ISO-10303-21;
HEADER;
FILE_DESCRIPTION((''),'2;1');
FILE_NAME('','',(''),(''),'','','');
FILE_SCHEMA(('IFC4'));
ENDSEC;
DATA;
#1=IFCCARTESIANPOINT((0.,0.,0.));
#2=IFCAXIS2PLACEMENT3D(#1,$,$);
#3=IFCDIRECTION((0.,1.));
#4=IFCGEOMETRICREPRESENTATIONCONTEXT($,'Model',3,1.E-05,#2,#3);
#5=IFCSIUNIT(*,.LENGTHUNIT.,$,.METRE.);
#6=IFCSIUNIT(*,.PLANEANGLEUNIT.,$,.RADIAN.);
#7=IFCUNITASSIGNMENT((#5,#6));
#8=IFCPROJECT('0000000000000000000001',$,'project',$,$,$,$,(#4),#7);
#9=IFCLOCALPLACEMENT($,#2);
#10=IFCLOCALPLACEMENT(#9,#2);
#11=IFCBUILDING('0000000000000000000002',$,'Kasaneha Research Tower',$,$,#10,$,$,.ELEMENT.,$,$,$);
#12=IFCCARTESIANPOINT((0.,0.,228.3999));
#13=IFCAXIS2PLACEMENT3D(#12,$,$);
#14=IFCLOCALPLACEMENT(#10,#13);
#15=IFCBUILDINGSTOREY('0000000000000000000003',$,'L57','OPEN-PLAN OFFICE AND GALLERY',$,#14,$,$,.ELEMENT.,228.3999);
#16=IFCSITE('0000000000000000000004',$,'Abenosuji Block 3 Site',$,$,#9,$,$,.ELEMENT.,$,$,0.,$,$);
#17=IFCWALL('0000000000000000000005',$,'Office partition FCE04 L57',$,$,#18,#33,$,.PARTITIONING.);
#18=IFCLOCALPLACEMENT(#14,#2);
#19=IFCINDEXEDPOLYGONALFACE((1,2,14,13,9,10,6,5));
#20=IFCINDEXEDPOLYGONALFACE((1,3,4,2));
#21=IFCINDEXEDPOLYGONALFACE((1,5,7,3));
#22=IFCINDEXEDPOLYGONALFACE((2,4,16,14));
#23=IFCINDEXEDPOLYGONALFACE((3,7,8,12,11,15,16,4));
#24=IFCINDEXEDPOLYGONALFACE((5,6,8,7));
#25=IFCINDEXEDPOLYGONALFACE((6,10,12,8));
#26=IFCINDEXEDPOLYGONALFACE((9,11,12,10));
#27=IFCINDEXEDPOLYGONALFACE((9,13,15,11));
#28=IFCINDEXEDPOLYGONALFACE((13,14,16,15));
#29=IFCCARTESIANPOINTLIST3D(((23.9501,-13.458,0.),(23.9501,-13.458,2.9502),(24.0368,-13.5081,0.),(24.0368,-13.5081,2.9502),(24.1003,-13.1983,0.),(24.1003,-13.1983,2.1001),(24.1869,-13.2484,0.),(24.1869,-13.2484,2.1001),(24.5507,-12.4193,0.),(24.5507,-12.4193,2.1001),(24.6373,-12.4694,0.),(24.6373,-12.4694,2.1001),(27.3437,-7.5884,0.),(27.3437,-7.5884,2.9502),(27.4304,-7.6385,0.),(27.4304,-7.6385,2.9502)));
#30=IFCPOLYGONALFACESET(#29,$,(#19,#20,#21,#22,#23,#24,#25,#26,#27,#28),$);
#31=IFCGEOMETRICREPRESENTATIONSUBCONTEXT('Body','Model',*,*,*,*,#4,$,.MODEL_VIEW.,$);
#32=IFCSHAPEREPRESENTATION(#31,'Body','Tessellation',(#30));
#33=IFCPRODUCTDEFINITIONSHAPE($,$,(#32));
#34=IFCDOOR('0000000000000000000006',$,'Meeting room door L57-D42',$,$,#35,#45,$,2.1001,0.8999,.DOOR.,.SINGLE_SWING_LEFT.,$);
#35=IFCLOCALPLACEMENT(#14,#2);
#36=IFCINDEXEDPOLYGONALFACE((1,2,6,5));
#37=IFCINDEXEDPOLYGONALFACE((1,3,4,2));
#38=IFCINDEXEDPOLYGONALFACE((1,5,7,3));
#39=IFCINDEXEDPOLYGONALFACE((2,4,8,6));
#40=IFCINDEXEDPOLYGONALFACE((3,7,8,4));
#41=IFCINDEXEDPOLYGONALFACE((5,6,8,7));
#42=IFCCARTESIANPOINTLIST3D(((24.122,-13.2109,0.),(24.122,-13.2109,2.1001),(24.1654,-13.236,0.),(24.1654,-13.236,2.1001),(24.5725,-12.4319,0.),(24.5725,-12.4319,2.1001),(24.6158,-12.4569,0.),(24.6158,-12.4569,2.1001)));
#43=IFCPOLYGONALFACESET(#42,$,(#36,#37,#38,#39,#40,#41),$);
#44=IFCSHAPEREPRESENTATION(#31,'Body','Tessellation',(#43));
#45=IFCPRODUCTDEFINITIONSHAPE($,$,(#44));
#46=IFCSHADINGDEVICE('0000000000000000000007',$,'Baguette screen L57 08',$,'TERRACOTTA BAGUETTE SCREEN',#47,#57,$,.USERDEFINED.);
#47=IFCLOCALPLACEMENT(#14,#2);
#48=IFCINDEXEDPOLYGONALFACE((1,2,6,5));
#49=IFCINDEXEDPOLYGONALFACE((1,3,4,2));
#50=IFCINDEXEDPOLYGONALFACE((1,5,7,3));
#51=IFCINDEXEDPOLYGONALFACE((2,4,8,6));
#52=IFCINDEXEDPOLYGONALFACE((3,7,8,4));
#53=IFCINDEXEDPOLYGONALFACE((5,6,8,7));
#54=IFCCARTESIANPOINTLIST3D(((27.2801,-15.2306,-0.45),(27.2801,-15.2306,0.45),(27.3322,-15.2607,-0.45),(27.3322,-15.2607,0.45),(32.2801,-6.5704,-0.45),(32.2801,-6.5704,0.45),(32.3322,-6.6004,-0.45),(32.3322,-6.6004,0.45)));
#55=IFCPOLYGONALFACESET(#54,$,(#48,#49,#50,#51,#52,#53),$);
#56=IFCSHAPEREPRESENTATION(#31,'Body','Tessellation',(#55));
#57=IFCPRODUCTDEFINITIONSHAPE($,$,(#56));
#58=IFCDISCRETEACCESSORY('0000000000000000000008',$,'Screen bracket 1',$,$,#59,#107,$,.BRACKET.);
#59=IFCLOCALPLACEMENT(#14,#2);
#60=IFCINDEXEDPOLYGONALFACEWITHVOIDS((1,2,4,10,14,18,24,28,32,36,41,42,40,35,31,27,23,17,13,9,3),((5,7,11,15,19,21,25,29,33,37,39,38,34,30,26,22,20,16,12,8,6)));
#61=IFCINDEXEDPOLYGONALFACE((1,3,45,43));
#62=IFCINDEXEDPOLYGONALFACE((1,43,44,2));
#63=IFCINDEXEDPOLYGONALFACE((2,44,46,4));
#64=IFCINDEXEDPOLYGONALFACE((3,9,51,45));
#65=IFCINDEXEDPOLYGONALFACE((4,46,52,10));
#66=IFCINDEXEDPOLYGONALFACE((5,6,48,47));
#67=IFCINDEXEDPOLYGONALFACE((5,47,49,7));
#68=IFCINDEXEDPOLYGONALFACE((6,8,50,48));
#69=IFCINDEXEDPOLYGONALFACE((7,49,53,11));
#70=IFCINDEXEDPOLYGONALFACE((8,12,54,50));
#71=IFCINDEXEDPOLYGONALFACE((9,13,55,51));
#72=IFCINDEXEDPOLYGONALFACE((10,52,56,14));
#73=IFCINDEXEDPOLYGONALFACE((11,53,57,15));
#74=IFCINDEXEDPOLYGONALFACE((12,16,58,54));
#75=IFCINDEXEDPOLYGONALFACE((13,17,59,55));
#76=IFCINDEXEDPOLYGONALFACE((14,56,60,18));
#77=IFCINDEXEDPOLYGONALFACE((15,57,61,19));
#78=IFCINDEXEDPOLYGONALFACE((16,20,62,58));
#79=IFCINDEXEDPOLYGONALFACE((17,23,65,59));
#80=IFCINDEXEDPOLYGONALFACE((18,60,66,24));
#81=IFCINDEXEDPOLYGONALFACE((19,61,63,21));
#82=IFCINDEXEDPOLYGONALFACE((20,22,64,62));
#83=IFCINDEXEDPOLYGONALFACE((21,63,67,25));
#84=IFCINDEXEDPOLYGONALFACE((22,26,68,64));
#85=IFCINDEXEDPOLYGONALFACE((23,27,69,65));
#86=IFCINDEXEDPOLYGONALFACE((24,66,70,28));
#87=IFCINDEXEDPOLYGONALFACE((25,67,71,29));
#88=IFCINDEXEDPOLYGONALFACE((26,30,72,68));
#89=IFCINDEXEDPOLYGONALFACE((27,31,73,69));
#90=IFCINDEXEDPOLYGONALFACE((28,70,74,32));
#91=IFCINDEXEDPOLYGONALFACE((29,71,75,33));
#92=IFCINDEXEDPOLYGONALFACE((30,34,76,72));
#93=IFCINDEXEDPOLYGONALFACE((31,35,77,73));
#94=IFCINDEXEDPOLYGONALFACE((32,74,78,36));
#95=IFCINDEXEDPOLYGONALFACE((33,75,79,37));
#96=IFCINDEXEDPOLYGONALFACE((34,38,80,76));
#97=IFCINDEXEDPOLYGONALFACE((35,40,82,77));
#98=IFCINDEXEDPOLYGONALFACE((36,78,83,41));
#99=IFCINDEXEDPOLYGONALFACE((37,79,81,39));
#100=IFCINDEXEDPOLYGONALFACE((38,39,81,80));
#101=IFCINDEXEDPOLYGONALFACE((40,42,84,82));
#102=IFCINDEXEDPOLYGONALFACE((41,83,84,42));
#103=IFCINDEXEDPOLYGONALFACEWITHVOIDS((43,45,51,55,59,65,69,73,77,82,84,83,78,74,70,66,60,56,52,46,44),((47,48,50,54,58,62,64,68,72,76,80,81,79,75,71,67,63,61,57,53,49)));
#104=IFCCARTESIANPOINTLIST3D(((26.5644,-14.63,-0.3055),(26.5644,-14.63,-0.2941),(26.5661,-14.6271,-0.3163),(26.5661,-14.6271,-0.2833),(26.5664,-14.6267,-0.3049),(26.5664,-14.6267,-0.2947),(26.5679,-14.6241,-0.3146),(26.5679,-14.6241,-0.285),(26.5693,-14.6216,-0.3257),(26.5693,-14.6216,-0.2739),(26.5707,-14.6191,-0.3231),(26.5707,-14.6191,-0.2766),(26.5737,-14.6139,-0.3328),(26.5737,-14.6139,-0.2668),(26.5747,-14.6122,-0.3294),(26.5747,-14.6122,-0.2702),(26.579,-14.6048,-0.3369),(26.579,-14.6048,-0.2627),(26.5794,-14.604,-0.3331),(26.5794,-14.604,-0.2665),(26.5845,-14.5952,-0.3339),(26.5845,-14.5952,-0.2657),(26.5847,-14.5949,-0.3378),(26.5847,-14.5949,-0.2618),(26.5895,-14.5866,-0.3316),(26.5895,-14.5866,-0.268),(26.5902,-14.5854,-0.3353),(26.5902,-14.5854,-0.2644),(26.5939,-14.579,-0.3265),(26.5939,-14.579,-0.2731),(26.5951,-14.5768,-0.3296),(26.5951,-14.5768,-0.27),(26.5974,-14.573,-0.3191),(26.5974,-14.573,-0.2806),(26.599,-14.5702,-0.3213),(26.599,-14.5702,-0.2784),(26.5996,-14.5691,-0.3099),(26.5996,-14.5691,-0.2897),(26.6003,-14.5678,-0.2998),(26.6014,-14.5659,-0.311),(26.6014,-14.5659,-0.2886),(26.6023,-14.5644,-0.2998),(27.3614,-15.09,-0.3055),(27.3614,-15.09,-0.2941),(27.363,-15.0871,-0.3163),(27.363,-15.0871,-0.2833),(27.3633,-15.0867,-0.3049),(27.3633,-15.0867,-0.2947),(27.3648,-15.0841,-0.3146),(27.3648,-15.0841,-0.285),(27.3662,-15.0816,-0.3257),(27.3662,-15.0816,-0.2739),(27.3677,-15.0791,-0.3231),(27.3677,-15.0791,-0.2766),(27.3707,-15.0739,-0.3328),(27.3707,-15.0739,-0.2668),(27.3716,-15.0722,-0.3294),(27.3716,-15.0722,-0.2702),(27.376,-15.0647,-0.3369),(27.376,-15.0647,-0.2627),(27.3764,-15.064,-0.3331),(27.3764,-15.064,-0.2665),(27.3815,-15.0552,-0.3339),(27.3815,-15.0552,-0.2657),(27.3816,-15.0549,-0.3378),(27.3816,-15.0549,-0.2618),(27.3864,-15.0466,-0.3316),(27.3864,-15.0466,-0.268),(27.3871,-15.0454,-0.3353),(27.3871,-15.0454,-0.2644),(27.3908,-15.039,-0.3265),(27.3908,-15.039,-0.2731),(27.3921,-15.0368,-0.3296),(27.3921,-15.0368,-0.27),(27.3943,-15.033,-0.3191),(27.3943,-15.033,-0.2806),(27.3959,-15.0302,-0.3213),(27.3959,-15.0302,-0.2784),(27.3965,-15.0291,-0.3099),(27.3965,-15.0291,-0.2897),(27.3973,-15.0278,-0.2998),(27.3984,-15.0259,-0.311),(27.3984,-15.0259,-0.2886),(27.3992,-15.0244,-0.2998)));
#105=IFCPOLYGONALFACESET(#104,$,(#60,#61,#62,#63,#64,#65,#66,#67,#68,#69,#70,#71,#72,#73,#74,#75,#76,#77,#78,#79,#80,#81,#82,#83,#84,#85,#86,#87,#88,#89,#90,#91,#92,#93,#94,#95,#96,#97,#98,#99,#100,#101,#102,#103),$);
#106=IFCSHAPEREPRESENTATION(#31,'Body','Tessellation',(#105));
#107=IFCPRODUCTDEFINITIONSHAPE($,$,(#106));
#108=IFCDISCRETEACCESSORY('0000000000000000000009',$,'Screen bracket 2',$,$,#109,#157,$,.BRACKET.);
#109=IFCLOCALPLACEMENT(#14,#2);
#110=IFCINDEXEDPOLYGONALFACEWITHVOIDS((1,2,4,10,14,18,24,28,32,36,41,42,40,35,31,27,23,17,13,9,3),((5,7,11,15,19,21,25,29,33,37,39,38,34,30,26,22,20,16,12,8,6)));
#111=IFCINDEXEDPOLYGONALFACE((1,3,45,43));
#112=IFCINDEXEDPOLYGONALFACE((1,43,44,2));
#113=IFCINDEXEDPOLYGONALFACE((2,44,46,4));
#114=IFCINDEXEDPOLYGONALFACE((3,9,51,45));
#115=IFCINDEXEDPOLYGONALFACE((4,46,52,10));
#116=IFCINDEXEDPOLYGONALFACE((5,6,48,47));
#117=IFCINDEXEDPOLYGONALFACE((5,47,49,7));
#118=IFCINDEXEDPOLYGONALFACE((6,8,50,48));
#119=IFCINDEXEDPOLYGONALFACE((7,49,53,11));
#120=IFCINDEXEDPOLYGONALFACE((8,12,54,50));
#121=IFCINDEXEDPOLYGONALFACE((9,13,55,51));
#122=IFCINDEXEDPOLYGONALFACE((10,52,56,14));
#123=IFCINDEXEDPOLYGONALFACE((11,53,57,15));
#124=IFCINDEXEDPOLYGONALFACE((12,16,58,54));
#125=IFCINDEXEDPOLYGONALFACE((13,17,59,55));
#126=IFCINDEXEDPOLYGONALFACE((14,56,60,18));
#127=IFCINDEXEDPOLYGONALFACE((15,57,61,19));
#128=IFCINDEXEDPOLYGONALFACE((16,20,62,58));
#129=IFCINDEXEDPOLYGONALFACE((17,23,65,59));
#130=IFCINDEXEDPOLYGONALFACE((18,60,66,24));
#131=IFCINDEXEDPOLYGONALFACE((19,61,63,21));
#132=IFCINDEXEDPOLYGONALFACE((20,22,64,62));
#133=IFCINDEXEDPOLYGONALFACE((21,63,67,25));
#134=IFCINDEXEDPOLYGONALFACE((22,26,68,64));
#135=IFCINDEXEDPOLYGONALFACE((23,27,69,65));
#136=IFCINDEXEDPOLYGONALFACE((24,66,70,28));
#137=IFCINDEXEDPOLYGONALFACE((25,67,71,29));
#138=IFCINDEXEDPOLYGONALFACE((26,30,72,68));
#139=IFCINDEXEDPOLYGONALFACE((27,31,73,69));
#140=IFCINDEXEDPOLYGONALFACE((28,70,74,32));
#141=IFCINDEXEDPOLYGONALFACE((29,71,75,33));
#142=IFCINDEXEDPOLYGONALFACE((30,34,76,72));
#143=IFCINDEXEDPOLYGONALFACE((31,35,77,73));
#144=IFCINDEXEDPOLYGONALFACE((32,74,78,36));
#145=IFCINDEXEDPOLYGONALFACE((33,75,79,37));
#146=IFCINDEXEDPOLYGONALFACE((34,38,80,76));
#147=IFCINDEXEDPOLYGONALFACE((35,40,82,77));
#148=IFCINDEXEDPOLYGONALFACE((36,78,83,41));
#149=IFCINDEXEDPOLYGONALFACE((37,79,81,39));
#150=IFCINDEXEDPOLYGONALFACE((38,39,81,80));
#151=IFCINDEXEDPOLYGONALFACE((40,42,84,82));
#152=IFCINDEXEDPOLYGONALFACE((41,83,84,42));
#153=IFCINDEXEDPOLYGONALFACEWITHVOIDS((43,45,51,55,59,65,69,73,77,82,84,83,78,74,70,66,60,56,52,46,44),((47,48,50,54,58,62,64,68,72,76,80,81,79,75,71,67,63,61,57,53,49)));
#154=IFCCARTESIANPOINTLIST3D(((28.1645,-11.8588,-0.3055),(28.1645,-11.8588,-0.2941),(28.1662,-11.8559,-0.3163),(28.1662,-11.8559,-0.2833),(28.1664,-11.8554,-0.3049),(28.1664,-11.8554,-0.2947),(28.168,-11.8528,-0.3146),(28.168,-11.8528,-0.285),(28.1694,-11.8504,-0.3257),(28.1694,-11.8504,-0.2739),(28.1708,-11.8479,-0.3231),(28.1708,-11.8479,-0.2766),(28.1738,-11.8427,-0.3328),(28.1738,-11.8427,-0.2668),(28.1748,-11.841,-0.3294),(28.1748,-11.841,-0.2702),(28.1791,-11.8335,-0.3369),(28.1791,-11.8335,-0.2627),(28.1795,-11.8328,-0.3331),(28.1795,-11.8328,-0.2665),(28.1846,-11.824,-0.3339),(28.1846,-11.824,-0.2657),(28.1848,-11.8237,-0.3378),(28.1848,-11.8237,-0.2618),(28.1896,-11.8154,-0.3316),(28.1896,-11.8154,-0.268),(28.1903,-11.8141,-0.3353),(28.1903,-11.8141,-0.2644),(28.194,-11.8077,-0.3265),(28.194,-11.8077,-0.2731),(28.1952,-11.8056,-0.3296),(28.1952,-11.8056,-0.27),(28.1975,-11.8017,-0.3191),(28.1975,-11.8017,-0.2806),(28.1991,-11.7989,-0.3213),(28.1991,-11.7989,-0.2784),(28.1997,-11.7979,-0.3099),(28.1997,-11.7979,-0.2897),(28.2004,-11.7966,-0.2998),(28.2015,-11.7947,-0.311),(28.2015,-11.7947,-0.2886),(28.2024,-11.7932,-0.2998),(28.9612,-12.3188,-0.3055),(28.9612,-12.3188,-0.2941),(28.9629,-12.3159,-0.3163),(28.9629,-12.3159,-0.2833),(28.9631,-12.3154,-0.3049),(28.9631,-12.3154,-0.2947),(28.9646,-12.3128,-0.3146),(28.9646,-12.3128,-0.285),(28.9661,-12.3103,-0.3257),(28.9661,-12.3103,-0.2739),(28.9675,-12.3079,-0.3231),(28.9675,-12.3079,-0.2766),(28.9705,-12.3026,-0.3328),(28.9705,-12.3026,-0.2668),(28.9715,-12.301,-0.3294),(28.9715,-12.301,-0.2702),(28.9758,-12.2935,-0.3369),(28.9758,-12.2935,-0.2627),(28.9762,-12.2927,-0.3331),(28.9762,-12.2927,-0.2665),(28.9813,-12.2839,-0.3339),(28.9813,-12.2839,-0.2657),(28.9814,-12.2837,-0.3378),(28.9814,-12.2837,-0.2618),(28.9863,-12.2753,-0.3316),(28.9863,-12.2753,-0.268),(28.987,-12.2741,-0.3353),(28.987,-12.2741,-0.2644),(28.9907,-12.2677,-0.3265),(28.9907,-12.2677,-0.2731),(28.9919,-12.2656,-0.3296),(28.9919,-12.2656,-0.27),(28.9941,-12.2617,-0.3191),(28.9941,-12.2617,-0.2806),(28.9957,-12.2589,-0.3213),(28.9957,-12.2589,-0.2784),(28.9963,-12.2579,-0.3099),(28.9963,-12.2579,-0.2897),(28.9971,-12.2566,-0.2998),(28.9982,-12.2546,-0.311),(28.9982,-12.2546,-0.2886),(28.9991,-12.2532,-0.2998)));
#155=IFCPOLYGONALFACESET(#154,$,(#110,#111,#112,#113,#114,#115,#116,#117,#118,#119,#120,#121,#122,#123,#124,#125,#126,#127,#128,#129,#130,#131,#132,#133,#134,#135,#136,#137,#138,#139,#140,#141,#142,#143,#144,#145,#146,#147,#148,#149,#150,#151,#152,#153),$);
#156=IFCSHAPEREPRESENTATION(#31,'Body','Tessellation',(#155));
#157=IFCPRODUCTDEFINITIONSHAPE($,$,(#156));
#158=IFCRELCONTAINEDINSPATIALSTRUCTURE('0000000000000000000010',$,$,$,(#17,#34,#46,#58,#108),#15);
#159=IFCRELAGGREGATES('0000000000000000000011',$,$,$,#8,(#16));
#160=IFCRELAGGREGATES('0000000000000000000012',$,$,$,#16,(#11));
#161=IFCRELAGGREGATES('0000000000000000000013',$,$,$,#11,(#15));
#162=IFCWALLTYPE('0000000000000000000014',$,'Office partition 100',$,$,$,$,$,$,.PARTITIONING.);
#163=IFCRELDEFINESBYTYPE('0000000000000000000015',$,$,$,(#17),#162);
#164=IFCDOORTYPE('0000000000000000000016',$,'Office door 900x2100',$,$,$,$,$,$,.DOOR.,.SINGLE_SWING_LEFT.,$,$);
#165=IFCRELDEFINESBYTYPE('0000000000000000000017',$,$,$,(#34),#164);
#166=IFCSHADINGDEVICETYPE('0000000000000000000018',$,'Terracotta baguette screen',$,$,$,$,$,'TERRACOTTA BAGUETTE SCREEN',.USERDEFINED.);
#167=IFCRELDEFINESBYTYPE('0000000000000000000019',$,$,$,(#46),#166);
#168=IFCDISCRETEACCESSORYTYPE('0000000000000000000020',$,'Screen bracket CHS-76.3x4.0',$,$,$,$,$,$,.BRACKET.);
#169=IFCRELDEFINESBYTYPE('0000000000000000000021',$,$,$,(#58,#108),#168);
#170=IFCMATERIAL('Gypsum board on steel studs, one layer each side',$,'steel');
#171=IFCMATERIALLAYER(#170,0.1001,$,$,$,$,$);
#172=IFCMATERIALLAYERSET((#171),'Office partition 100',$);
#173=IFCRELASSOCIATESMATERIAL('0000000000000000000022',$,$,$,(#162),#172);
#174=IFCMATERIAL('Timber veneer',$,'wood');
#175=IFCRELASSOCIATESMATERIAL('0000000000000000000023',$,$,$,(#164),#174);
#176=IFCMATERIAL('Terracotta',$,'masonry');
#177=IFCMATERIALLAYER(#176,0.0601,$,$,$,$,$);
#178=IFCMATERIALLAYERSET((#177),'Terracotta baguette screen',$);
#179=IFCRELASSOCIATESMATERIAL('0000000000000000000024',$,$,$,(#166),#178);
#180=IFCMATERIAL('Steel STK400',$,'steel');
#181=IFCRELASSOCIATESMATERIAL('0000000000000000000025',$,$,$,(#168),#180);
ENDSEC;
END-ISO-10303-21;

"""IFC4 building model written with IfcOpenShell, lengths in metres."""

from ifc_helpers import new_model, si_unit, direction, frame, frame_2d, origin, origin_2d, place, context, subcontext, project, spatial, rectangle, hollow_circle, extrude, material, layer, layer_set, material_profile, profile_set, type_object, element, fill, save


model = new_model("IFC4")

# Units and contexts
model_context = context("Model", 3, precision=1e-05, world=origin(), true_north=direction((0.0, 1.0)))
body_context = subcontext(model_context, "Body", "Model", "MODEL_VIEW")
ifc_project = project(units=[si_unit("LENGTHUNIT", "METRE"), si_unit("PLANEANGLEUNIT", "RADIAN")], contexts=[model_context])

# Site, building, storey
site_placement = place(None, origin())
site = spatial("IfcSite", under=ifc_project, at=site_placement, Name="Abenosuji Block 3 Site", CompositionType="ELEMENT", RefElevation=0.0)
building_placement = place(site_placement, origin())
building = spatial("IfcBuilding", under=site, at=building_placement, Name="Kasaneha Research Tower", CompositionType="ELEMENT")
storey_placement = place(building_placement, frame((0.0, 0.0, 228.3999)))
storey = spatial("IfcBuildingStorey", under=building, at=storey_placement, Name="L57", Description="OPEN-PLAN OFFICE AND GALLERY", CompositionType="ELEMENT", Elevation=228.3999)

# Shared definitions
ifc_material_1 = material(Name="Gypsum board on steel studs, one layer each side", Category="steel")
ifc_layer_1 = layer(ifc_material_1, 0.1001)
ifc_layer_set_1 = layer_set([ifc_layer_1], Name="Office partition 100")
wall_type = type_object("IfcWallType", Name="Office partition 100", PredefinedType="PARTITIONING", material=ifc_layer_set_1)

# Wall, opening, door
ifc_material_2 = material(Name="Timber veneer", Category="wood")
door_type = type_object("IfcDoorType", Name="Office door 900x2100", OperationType="SINGLE_SWING_LEFT", PredefinedType="DOOR", material=ifc_material_2)
wall_1_placement = place(storey_placement, frame((23.9934, -13.4832, 0.0), z_axis=(0.0, 0.0, 1.0), x_axis=(0.500522, 0.865724, 0.0)))
wall_1 = element("IfcWall", 1, at=wall_1_placement, inside=storey, type_object=wall_type, Name="Office partition FCE04 L57", PredefinedType="PARTITIONING", context=body_context, shape_type="SweptSolid", body=[
    extrude(rectangle(XDim=6.78, YDim=0.1001, at=frame_2d((3.3901, 0.0))), origin(), (0.0, 0.0, 1.0), 2.9502),
])
opening_1_placement = place(wall_1_placement, frame((0.3, 0.0, 0.0)))
opening_1 = element("IfcOpeningElement", 2, at=opening_1_placement, cuts=wall_1, PredefinedType="OPENING", context=body_context, shape_type="SweptSolid", body=[
    extrude(rectangle(XDim=0.8999, YDim=2.1001, at=frame_2d((0.45, 1.05))), frame((0.0, 0.0601, 0.0), z_axis=(0.0, -1.0, 0.0), x_axis=(1.0, 0.0, 0.0)), (0.0, 0.0, 1.0), 0.1201),
])
door_1_placement = place(opening_1_placement, origin())
door_1 = element("IfcDoor", 3, at=door_1_placement, inside=storey, type_object=door_type, Name="Meeting room door L57-D42", OperationType="SINGLE_SWING_LEFT", OverallHeight=2.1001, OverallWidth=0.8999, PredefinedType="DOOR", context=body_context, shape_type="SweptSolid", body=[
    extrude(rectangle(XDim=0.8999, YDim=2.1001, at=frame_2d((0.45, 1.05))), frame((0.0, 0.0249, 0.0), z_axis=(0.0, -1.0, 0.0), x_axis=(1.0, 0.0, 0.0)), (0.0, 0.0, 1.0), 0.05),
])
fill(opening_1, door_1)

# Shading device
ifc_material_3 = material(Name="Terracotta", Category="masonry")
ifc_layer_2 = layer(ifc_material_3, 0.0601)
ifc_layer_set_2 = layer_set([ifc_layer_2], Name="Terracotta baguette screen")
shading_device_type = type_object("IfcShadingDeviceType", Name="Terracotta baguette screen", ElementType="TERRACOTTA BAGUETTE SCREEN", PredefinedType="USERDEFINED", material=ifc_layer_set_2)
shading_device_placement = place(storey_placement, frame((29.8062, -10.9155, -0.45), z_axis=(0.0, 0.0, 1.0), x_axis=(0.5, 0.866025, 0.0)))
element("IfcShadingDevice", 4, at=shading_device_placement, inside=storey, type_object=shading_device_type, Name="Baguette screen L57 08", ObjectType="TERRACOTTA BAGUETTE SCREEN", PredefinedType="USERDEFINED", context=body_context, shape_type="SweptSolid", body=[
    extrude(rectangle(XDim=10.0, YDim=0.0601, at=origin_2d()), origin(), (0.0, 0.0, 1.0), 0.8999),
])

# Discrete accessories
ifc_material_4 = material(Name="Steel STK400", Category="steel")
ifc_material_profile_1 = material_profile(ifc_material_4, hollow_circle(Radius=0.0381, WallThickness=0.0039, at=origin_2d()), Name="CHS-76.3x4.0")
ifc_profile_set_1 = profile_set([ifc_material_profile_1], Name="Steel STK400")
discrete_accessory_type = type_object("IfcDiscreteAccessoryType", Name="Screen bracket CHS-76.3x4.0", PredefinedType="BRACKET", material=ifc_profile_set_1)
discrete_accessory_1_placement = place(storey_placement, frame((26.5833, -14.5974, -0.2998), z_axis=(0.86608, -0.499906, 0.0), x_axis=(0.499906, 0.86608, 0.0)))
element("IfcDiscreteAccessory", 5, at=discrete_accessory_1_placement, inside=storey, type_object=discrete_accessory_type, Name="Screen bracket 1", PredefinedType="BRACKET", context=body_context, shape_type="SweptSolid", body=[
    extrude(hollow_circle(Radius=0.0381, WallThickness=0.0039, at=origin_2d()), origin(), (0.0, 0.0, 1.0), 0.9202),
])
for number, where, z_axis, x_axis, name in (
    (6, (28.1833, -11.8262, -0.2998), (0.866013, -0.500021, 0.0), (0.500021, 0.866013, 0.0), "Screen bracket 2"),
):
    element("IfcDiscreteAccessory", number, at=place(storey_placement, frame(where, z_axis=z_axis, x_axis=x_axis)), inside=storey, type_object=discrete_accessory_type, Name=name, PredefinedType="BRACKET", context=body_context, shape_type="SweptSolid", body=[
        extrude(hollow_circle(Radius=0.0381, WallThickness=0.0039, at=origin_2d()), origin(), (0.0, 0.0, 1.0), 0.9199),
    ])

save(model, "model.ifc")
